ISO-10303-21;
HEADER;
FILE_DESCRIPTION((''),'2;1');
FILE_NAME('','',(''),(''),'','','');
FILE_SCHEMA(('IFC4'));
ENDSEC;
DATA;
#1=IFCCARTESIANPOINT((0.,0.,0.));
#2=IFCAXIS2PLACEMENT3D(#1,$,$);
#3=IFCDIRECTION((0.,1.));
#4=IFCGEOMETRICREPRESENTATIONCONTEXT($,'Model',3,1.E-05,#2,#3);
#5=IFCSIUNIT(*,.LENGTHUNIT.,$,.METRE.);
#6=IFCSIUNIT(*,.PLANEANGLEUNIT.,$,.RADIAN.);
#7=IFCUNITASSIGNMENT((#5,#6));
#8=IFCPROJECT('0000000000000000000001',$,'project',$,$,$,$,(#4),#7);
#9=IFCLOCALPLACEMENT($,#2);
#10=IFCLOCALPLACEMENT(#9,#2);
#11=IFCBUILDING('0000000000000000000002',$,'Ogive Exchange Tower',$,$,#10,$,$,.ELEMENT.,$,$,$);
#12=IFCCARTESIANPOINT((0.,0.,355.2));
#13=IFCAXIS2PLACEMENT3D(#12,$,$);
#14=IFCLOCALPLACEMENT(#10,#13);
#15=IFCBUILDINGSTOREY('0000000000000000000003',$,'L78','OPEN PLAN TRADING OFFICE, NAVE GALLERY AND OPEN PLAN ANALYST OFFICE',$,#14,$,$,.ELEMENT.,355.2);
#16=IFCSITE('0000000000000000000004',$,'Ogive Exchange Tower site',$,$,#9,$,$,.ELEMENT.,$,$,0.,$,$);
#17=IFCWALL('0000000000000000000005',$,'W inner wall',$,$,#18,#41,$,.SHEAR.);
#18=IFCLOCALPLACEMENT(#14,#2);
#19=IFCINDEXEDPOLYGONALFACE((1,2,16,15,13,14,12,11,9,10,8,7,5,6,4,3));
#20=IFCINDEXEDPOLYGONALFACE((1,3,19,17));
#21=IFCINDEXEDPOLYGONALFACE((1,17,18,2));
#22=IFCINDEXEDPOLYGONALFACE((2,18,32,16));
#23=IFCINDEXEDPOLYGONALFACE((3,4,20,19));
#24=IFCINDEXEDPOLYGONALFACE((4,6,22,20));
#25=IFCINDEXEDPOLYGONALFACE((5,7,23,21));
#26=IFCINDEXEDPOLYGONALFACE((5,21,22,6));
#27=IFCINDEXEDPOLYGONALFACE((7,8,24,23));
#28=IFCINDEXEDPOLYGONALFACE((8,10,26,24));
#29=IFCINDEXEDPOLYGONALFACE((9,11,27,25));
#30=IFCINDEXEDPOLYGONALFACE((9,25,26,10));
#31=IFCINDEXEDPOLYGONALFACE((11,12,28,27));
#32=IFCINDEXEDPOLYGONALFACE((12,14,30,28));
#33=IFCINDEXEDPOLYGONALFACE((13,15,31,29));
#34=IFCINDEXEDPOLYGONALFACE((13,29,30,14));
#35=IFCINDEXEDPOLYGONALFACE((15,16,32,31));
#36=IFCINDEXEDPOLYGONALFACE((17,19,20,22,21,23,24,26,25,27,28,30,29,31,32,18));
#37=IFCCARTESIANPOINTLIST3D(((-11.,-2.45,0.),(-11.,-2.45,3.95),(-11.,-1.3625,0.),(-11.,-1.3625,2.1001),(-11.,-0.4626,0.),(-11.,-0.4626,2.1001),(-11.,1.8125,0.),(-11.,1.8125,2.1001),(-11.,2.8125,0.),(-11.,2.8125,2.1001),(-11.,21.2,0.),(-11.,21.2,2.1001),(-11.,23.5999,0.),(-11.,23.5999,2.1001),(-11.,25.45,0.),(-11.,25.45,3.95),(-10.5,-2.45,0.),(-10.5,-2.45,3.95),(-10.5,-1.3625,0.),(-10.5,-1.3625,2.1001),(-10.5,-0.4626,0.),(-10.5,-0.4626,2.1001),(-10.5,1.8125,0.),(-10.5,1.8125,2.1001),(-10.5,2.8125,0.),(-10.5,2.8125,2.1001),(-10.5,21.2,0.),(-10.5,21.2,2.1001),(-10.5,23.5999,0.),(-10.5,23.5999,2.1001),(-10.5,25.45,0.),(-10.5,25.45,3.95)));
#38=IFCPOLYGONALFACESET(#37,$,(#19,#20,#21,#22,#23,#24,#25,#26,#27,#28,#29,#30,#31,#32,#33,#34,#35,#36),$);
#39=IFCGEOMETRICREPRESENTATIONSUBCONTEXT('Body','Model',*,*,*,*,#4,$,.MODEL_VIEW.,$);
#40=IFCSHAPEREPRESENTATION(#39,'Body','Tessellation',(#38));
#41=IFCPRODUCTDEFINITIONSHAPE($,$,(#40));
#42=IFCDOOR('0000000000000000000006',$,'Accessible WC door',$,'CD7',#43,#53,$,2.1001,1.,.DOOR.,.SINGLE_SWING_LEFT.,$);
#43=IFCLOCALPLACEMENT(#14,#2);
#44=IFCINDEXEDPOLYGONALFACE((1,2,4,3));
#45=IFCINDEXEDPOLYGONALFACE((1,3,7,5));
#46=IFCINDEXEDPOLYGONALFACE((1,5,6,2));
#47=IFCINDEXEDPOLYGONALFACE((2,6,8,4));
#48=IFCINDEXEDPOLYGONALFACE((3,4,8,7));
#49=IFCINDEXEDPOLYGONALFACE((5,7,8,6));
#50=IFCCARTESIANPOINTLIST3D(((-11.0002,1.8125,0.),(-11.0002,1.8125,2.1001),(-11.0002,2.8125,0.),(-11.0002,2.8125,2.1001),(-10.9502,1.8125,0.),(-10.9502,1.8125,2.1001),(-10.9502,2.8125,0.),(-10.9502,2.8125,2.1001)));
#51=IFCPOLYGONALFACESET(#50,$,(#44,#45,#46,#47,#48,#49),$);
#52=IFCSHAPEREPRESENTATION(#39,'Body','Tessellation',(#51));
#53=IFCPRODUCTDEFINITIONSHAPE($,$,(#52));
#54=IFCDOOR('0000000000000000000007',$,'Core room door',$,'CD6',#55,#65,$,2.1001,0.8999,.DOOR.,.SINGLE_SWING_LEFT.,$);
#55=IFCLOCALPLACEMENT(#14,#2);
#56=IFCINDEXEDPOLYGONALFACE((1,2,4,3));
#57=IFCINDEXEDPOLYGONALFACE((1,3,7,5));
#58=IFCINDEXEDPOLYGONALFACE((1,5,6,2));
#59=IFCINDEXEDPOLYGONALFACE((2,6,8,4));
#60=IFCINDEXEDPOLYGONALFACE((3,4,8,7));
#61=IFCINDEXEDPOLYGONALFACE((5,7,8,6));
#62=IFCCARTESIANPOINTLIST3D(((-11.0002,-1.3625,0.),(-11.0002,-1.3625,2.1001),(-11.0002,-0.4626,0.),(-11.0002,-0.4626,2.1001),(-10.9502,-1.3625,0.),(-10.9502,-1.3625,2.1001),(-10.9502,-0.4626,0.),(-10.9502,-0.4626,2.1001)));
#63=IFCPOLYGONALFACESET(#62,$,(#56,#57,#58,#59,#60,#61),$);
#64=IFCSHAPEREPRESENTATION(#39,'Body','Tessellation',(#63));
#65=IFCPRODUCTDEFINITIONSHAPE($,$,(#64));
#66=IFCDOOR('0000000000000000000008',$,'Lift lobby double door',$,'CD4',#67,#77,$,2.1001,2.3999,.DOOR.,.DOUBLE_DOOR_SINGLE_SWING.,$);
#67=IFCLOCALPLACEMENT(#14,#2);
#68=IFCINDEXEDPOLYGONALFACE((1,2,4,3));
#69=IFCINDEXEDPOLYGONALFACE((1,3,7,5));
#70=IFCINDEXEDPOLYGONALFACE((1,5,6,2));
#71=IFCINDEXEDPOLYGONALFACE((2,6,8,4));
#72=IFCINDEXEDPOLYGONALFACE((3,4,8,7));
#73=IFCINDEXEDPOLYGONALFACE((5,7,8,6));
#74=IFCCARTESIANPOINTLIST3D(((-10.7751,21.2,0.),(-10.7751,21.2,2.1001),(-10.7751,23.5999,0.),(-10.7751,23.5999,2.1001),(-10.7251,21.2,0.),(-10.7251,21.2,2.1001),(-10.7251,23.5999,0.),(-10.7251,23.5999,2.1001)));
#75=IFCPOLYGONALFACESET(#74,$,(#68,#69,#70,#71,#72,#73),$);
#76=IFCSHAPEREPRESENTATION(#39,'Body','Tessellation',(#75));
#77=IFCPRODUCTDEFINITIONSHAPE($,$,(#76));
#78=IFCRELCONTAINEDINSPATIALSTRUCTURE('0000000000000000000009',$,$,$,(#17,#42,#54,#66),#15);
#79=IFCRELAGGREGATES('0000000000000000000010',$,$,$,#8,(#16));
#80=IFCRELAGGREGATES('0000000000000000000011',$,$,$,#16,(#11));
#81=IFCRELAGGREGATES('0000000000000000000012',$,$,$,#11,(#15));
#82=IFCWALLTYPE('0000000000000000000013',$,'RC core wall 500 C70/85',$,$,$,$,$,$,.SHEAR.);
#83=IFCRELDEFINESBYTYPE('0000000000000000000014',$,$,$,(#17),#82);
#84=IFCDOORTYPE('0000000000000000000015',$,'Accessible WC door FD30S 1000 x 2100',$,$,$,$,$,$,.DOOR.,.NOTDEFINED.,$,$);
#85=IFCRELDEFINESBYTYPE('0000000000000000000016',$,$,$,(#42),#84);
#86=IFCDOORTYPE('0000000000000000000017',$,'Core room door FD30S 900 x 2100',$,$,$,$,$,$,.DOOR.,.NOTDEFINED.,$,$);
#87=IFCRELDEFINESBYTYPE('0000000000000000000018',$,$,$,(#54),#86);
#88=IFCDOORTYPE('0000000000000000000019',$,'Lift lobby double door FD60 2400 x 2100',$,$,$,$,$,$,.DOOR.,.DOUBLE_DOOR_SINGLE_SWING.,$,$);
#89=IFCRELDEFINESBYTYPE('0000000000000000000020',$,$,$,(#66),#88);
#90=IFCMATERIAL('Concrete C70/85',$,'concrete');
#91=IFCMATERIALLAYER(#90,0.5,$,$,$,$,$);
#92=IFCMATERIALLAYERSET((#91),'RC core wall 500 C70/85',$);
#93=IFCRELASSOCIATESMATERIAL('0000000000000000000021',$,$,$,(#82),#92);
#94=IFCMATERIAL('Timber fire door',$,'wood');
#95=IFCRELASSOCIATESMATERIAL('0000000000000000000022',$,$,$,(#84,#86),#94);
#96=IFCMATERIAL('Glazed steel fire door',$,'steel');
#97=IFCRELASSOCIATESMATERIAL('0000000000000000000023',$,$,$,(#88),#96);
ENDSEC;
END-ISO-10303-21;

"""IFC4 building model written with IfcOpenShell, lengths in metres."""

from ifc_helpers import new_model, si_unit, direction, frame, frame_2d, origin, place, context, subcontext, project, spatial, rectangle, extrude, material, layer, layer_set, type_object, element, fill, save


model = new_model("IFC4")

# Units and contexts
model_context = context("Model", 3, precision=1e-05, world=origin(), true_north=direction((0.0, 1.0)))
body_context = subcontext(model_context, "Body", "Model", "MODEL_VIEW")
ifc_project = project(units=[si_unit("LENGTHUNIT", "METRE"), si_unit("PLANEANGLEUNIT", "RADIAN")], contexts=[model_context])

# Site, building, storey
site_placement = place(None, origin())
site = spatial("IfcSite", under=ifc_project, at=site_placement, Name="Ogive Exchange Tower site", CompositionType="ELEMENT", RefElevation=0.0)
building_placement = place(site_placement, origin())
building = spatial("IfcBuilding", under=site, at=building_placement, Name="Ogive Exchange Tower", CompositionType="ELEMENT")
storey_placement = place(building_placement, frame((0.0, 0.0, 355.2)))
storey = spatial("IfcBuildingStorey", under=building, at=storey_placement, Name="L78", Description="OPEN PLAN TRADING OFFICE, NAVE GALLERY AND OPEN PLAN ANALYST OFFICE", CompositionType="ELEMENT", Elevation=355.2)

# Shared definitions
ifc_material_1 = material(Name="Concrete C70/85", Category="concrete")

# Wall, openings, doors
ifc_layer_1 = layer(ifc_material_1, 0.5)
ifc_layer_set_1 = layer_set([ifc_layer_1], Name="RC core wall 500 C70/85")
wall_type_1 = type_object("IfcWallType", Name="RC core wall 500 C70/85", PredefinedType="SHEAR", material=ifc_layer_set_1)
wall_1_placement = place(storey_placement, frame((-10.75, -2.45, 0.0), z_axis=(0.0, 0.0, 1.0), x_axis=(0.0, 1.0, 0.0)))
wall_1 = element("IfcWall", 1, at=wall_1_placement, inside=storey, type_object=wall_type_1, Name="W inner wall", PredefinedType="SHEAR", context=body_context, shape_type="SweptSolid", body=[
    extrude(rectangle(XDim=27.8999, YDim=0.5, at=frame_2d((13.95, 0.0))), origin(), (0.0, 0.0, 1.0), 3.95),
])
opening_1_placement = place(wall_1_placement, frame((23.6499, 0.0, 0.0)))
opening_1 = element("IfcOpeningElement", 2, at=opening_1_placement, cuts=wall_1, PredefinedType="OPENING", context=body_context, shape_type="SweptSolid", body=[
    extrude(rectangle(XDim=2.3999, YDim=2.1001, at=frame_2d((1.2, 1.05))), frame((0.0, 0.26, 0.0), z_axis=(0.0, -1.0, 0.0), x_axis=(1.0, 0.0, 0.0)), (0.0, 0.0, 1.0), 0.52),
])
opening_2_placement = place(wall_1_placement, frame((1.0874, 0.0, 0.0)))
opening_2 = element("IfcOpeningElement", 3, at=opening_2_placement, cuts=wall_1, PredefinedType="OPENING", context=body_context, shape_type="SweptSolid", body=[
    extrude(rectangle(XDim=0.8999, YDim=2.1001, at=frame_2d((0.45, 1.05))), frame((0.0, 0.26, 0.0), z_axis=(0.0, -1.0, 0.0), x_axis=(1.0, 0.0, 0.0)), (0.0, 0.0, 1.0), 0.52),
])
opening_3_placement = place(wall_1_placement, frame((4.2625, 0.0, 0.0)))
opening_3 = element("IfcOpeningElement", 4, at=opening_3_placement, cuts=wall_1, PredefinedType="OPENING", context=body_context, shape_type="SweptSolid", body=[
    extrude(rectangle(XDim=1.0, YDim=2.1001, at=frame_2d((0.5, 1.05))), frame((0.0, 0.26, 0.0), z_axis=(0.0, -1.0, 0.0), x_axis=(1.0, 0.0, 0.0)), (0.0, 0.0, 1.0), 0.52),
])
ifc_material_2 = material(Name="Timber fire door", Category="wood")
door_type_1 = type_object("IfcDoorType", Name="Accessible WC door FD30S 1000 x 2100", OperationType="NOTDEFINED", PredefinedType="DOOR", material=ifc_material_2)
door_1_placement = place(opening_3_placement, frame((1.0, 0.4502, 0.0), z_axis=(0.0, 0.0, 1.0), x_axis=(-1.0, 0.0, 0.0)))
door_1 = element("IfcDoor", 5, at=door_1_placement, inside=storey, type_object=door_type_1, Name="Accessible WC door", ObjectType="CD7", OperationType="SINGLE_SWING_LEFT", OverallHeight=2.1001, OverallWidth=1.0, PredefinedType="DOOR", context=body_context, shape_type="SweptSolid", body=[
    extrude(rectangle(XDim=1.0, YDim=2.1001, at=frame_2d((0.5, 1.05))), frame((0.0, 0.25, 0.0), z_axis=(0.0, -1.0, 0.0), x_axis=(1.0, 0.0, 0.0)), (0.0, 0.0, 1.0), 0.05),
])
fill(opening_3, door_1)
door_type_2 = type_object("IfcDoorType", Name="Core room door FD30S 900 x 2100", OperationType="NOTDEFINED", PredefinedType="DOOR", material=ifc_material_2)
door_2_placement = place(opening_2_placement, frame((0.8999, 0.4502, 0.0), z_axis=(0.0, 0.0, 1.0), x_axis=(-1.0, 0.0, 0.0)))
door_2 = element("IfcDoor", 6, at=door_2_placement, inside=storey, type_object=door_type_2, Name="Core room door", ObjectType="CD6", OperationType="SINGLE_SWING_LEFT", OverallHeight=2.1001, OverallWidth=0.8999, PredefinedType="DOOR", context=body_context, shape_type="SweptSolid", body=[
    extrude(rectangle(XDim=0.8999, YDim=2.1001, at=frame_2d((0.45, 1.05))), frame((0.0, 0.25, 0.0), z_axis=(0.0, -1.0, 0.0), x_axis=(1.0, 0.0, 0.0)), (0.0, 0.0, 1.0), 0.05),
])
fill(opening_2, door_2)
ifc_material_3 = material(Name="Glazed steel fire door", Category="steel")
door_type_3 = type_object("IfcDoorType", Name="Lift lobby double door FD60 2400 x 2100", OperationType="DOUBLE_DOOR_SINGLE_SWING", PredefinedType="DOOR", material=ifc_material_3)
door_3_placement = place(opening_1_placement, frame((2.3999, 0.0, 0.0), z_axis=(0.0, 0.0, 1.0), x_axis=(-1.0, 0.0, 0.0)))
door_3 = element("IfcDoor", 7, at=door_3_placement, inside=storey, type_object=door_type_3, Name="Lift lobby double door", ObjectType="CD4", OperationType="DOUBLE_DOOR_SINGLE_SWING", OverallHeight=2.1001, OverallWidth=2.3999, PredefinedType="DOOR", context=body_context, shape_type="SweptSolid", body=[
    extrude(rectangle(XDim=2.3999, YDim=2.1001, at=frame_2d((1.2, 1.05))), frame((0.0, 0.0249, 0.0), z_axis=(0.0, -1.0, 0.0), x_axis=(1.0, 0.0, 0.0)), (0.0, 0.0, 1.0), 0.05),
])
fill(opening_1, door_3)

save(model, "model.ifc")
